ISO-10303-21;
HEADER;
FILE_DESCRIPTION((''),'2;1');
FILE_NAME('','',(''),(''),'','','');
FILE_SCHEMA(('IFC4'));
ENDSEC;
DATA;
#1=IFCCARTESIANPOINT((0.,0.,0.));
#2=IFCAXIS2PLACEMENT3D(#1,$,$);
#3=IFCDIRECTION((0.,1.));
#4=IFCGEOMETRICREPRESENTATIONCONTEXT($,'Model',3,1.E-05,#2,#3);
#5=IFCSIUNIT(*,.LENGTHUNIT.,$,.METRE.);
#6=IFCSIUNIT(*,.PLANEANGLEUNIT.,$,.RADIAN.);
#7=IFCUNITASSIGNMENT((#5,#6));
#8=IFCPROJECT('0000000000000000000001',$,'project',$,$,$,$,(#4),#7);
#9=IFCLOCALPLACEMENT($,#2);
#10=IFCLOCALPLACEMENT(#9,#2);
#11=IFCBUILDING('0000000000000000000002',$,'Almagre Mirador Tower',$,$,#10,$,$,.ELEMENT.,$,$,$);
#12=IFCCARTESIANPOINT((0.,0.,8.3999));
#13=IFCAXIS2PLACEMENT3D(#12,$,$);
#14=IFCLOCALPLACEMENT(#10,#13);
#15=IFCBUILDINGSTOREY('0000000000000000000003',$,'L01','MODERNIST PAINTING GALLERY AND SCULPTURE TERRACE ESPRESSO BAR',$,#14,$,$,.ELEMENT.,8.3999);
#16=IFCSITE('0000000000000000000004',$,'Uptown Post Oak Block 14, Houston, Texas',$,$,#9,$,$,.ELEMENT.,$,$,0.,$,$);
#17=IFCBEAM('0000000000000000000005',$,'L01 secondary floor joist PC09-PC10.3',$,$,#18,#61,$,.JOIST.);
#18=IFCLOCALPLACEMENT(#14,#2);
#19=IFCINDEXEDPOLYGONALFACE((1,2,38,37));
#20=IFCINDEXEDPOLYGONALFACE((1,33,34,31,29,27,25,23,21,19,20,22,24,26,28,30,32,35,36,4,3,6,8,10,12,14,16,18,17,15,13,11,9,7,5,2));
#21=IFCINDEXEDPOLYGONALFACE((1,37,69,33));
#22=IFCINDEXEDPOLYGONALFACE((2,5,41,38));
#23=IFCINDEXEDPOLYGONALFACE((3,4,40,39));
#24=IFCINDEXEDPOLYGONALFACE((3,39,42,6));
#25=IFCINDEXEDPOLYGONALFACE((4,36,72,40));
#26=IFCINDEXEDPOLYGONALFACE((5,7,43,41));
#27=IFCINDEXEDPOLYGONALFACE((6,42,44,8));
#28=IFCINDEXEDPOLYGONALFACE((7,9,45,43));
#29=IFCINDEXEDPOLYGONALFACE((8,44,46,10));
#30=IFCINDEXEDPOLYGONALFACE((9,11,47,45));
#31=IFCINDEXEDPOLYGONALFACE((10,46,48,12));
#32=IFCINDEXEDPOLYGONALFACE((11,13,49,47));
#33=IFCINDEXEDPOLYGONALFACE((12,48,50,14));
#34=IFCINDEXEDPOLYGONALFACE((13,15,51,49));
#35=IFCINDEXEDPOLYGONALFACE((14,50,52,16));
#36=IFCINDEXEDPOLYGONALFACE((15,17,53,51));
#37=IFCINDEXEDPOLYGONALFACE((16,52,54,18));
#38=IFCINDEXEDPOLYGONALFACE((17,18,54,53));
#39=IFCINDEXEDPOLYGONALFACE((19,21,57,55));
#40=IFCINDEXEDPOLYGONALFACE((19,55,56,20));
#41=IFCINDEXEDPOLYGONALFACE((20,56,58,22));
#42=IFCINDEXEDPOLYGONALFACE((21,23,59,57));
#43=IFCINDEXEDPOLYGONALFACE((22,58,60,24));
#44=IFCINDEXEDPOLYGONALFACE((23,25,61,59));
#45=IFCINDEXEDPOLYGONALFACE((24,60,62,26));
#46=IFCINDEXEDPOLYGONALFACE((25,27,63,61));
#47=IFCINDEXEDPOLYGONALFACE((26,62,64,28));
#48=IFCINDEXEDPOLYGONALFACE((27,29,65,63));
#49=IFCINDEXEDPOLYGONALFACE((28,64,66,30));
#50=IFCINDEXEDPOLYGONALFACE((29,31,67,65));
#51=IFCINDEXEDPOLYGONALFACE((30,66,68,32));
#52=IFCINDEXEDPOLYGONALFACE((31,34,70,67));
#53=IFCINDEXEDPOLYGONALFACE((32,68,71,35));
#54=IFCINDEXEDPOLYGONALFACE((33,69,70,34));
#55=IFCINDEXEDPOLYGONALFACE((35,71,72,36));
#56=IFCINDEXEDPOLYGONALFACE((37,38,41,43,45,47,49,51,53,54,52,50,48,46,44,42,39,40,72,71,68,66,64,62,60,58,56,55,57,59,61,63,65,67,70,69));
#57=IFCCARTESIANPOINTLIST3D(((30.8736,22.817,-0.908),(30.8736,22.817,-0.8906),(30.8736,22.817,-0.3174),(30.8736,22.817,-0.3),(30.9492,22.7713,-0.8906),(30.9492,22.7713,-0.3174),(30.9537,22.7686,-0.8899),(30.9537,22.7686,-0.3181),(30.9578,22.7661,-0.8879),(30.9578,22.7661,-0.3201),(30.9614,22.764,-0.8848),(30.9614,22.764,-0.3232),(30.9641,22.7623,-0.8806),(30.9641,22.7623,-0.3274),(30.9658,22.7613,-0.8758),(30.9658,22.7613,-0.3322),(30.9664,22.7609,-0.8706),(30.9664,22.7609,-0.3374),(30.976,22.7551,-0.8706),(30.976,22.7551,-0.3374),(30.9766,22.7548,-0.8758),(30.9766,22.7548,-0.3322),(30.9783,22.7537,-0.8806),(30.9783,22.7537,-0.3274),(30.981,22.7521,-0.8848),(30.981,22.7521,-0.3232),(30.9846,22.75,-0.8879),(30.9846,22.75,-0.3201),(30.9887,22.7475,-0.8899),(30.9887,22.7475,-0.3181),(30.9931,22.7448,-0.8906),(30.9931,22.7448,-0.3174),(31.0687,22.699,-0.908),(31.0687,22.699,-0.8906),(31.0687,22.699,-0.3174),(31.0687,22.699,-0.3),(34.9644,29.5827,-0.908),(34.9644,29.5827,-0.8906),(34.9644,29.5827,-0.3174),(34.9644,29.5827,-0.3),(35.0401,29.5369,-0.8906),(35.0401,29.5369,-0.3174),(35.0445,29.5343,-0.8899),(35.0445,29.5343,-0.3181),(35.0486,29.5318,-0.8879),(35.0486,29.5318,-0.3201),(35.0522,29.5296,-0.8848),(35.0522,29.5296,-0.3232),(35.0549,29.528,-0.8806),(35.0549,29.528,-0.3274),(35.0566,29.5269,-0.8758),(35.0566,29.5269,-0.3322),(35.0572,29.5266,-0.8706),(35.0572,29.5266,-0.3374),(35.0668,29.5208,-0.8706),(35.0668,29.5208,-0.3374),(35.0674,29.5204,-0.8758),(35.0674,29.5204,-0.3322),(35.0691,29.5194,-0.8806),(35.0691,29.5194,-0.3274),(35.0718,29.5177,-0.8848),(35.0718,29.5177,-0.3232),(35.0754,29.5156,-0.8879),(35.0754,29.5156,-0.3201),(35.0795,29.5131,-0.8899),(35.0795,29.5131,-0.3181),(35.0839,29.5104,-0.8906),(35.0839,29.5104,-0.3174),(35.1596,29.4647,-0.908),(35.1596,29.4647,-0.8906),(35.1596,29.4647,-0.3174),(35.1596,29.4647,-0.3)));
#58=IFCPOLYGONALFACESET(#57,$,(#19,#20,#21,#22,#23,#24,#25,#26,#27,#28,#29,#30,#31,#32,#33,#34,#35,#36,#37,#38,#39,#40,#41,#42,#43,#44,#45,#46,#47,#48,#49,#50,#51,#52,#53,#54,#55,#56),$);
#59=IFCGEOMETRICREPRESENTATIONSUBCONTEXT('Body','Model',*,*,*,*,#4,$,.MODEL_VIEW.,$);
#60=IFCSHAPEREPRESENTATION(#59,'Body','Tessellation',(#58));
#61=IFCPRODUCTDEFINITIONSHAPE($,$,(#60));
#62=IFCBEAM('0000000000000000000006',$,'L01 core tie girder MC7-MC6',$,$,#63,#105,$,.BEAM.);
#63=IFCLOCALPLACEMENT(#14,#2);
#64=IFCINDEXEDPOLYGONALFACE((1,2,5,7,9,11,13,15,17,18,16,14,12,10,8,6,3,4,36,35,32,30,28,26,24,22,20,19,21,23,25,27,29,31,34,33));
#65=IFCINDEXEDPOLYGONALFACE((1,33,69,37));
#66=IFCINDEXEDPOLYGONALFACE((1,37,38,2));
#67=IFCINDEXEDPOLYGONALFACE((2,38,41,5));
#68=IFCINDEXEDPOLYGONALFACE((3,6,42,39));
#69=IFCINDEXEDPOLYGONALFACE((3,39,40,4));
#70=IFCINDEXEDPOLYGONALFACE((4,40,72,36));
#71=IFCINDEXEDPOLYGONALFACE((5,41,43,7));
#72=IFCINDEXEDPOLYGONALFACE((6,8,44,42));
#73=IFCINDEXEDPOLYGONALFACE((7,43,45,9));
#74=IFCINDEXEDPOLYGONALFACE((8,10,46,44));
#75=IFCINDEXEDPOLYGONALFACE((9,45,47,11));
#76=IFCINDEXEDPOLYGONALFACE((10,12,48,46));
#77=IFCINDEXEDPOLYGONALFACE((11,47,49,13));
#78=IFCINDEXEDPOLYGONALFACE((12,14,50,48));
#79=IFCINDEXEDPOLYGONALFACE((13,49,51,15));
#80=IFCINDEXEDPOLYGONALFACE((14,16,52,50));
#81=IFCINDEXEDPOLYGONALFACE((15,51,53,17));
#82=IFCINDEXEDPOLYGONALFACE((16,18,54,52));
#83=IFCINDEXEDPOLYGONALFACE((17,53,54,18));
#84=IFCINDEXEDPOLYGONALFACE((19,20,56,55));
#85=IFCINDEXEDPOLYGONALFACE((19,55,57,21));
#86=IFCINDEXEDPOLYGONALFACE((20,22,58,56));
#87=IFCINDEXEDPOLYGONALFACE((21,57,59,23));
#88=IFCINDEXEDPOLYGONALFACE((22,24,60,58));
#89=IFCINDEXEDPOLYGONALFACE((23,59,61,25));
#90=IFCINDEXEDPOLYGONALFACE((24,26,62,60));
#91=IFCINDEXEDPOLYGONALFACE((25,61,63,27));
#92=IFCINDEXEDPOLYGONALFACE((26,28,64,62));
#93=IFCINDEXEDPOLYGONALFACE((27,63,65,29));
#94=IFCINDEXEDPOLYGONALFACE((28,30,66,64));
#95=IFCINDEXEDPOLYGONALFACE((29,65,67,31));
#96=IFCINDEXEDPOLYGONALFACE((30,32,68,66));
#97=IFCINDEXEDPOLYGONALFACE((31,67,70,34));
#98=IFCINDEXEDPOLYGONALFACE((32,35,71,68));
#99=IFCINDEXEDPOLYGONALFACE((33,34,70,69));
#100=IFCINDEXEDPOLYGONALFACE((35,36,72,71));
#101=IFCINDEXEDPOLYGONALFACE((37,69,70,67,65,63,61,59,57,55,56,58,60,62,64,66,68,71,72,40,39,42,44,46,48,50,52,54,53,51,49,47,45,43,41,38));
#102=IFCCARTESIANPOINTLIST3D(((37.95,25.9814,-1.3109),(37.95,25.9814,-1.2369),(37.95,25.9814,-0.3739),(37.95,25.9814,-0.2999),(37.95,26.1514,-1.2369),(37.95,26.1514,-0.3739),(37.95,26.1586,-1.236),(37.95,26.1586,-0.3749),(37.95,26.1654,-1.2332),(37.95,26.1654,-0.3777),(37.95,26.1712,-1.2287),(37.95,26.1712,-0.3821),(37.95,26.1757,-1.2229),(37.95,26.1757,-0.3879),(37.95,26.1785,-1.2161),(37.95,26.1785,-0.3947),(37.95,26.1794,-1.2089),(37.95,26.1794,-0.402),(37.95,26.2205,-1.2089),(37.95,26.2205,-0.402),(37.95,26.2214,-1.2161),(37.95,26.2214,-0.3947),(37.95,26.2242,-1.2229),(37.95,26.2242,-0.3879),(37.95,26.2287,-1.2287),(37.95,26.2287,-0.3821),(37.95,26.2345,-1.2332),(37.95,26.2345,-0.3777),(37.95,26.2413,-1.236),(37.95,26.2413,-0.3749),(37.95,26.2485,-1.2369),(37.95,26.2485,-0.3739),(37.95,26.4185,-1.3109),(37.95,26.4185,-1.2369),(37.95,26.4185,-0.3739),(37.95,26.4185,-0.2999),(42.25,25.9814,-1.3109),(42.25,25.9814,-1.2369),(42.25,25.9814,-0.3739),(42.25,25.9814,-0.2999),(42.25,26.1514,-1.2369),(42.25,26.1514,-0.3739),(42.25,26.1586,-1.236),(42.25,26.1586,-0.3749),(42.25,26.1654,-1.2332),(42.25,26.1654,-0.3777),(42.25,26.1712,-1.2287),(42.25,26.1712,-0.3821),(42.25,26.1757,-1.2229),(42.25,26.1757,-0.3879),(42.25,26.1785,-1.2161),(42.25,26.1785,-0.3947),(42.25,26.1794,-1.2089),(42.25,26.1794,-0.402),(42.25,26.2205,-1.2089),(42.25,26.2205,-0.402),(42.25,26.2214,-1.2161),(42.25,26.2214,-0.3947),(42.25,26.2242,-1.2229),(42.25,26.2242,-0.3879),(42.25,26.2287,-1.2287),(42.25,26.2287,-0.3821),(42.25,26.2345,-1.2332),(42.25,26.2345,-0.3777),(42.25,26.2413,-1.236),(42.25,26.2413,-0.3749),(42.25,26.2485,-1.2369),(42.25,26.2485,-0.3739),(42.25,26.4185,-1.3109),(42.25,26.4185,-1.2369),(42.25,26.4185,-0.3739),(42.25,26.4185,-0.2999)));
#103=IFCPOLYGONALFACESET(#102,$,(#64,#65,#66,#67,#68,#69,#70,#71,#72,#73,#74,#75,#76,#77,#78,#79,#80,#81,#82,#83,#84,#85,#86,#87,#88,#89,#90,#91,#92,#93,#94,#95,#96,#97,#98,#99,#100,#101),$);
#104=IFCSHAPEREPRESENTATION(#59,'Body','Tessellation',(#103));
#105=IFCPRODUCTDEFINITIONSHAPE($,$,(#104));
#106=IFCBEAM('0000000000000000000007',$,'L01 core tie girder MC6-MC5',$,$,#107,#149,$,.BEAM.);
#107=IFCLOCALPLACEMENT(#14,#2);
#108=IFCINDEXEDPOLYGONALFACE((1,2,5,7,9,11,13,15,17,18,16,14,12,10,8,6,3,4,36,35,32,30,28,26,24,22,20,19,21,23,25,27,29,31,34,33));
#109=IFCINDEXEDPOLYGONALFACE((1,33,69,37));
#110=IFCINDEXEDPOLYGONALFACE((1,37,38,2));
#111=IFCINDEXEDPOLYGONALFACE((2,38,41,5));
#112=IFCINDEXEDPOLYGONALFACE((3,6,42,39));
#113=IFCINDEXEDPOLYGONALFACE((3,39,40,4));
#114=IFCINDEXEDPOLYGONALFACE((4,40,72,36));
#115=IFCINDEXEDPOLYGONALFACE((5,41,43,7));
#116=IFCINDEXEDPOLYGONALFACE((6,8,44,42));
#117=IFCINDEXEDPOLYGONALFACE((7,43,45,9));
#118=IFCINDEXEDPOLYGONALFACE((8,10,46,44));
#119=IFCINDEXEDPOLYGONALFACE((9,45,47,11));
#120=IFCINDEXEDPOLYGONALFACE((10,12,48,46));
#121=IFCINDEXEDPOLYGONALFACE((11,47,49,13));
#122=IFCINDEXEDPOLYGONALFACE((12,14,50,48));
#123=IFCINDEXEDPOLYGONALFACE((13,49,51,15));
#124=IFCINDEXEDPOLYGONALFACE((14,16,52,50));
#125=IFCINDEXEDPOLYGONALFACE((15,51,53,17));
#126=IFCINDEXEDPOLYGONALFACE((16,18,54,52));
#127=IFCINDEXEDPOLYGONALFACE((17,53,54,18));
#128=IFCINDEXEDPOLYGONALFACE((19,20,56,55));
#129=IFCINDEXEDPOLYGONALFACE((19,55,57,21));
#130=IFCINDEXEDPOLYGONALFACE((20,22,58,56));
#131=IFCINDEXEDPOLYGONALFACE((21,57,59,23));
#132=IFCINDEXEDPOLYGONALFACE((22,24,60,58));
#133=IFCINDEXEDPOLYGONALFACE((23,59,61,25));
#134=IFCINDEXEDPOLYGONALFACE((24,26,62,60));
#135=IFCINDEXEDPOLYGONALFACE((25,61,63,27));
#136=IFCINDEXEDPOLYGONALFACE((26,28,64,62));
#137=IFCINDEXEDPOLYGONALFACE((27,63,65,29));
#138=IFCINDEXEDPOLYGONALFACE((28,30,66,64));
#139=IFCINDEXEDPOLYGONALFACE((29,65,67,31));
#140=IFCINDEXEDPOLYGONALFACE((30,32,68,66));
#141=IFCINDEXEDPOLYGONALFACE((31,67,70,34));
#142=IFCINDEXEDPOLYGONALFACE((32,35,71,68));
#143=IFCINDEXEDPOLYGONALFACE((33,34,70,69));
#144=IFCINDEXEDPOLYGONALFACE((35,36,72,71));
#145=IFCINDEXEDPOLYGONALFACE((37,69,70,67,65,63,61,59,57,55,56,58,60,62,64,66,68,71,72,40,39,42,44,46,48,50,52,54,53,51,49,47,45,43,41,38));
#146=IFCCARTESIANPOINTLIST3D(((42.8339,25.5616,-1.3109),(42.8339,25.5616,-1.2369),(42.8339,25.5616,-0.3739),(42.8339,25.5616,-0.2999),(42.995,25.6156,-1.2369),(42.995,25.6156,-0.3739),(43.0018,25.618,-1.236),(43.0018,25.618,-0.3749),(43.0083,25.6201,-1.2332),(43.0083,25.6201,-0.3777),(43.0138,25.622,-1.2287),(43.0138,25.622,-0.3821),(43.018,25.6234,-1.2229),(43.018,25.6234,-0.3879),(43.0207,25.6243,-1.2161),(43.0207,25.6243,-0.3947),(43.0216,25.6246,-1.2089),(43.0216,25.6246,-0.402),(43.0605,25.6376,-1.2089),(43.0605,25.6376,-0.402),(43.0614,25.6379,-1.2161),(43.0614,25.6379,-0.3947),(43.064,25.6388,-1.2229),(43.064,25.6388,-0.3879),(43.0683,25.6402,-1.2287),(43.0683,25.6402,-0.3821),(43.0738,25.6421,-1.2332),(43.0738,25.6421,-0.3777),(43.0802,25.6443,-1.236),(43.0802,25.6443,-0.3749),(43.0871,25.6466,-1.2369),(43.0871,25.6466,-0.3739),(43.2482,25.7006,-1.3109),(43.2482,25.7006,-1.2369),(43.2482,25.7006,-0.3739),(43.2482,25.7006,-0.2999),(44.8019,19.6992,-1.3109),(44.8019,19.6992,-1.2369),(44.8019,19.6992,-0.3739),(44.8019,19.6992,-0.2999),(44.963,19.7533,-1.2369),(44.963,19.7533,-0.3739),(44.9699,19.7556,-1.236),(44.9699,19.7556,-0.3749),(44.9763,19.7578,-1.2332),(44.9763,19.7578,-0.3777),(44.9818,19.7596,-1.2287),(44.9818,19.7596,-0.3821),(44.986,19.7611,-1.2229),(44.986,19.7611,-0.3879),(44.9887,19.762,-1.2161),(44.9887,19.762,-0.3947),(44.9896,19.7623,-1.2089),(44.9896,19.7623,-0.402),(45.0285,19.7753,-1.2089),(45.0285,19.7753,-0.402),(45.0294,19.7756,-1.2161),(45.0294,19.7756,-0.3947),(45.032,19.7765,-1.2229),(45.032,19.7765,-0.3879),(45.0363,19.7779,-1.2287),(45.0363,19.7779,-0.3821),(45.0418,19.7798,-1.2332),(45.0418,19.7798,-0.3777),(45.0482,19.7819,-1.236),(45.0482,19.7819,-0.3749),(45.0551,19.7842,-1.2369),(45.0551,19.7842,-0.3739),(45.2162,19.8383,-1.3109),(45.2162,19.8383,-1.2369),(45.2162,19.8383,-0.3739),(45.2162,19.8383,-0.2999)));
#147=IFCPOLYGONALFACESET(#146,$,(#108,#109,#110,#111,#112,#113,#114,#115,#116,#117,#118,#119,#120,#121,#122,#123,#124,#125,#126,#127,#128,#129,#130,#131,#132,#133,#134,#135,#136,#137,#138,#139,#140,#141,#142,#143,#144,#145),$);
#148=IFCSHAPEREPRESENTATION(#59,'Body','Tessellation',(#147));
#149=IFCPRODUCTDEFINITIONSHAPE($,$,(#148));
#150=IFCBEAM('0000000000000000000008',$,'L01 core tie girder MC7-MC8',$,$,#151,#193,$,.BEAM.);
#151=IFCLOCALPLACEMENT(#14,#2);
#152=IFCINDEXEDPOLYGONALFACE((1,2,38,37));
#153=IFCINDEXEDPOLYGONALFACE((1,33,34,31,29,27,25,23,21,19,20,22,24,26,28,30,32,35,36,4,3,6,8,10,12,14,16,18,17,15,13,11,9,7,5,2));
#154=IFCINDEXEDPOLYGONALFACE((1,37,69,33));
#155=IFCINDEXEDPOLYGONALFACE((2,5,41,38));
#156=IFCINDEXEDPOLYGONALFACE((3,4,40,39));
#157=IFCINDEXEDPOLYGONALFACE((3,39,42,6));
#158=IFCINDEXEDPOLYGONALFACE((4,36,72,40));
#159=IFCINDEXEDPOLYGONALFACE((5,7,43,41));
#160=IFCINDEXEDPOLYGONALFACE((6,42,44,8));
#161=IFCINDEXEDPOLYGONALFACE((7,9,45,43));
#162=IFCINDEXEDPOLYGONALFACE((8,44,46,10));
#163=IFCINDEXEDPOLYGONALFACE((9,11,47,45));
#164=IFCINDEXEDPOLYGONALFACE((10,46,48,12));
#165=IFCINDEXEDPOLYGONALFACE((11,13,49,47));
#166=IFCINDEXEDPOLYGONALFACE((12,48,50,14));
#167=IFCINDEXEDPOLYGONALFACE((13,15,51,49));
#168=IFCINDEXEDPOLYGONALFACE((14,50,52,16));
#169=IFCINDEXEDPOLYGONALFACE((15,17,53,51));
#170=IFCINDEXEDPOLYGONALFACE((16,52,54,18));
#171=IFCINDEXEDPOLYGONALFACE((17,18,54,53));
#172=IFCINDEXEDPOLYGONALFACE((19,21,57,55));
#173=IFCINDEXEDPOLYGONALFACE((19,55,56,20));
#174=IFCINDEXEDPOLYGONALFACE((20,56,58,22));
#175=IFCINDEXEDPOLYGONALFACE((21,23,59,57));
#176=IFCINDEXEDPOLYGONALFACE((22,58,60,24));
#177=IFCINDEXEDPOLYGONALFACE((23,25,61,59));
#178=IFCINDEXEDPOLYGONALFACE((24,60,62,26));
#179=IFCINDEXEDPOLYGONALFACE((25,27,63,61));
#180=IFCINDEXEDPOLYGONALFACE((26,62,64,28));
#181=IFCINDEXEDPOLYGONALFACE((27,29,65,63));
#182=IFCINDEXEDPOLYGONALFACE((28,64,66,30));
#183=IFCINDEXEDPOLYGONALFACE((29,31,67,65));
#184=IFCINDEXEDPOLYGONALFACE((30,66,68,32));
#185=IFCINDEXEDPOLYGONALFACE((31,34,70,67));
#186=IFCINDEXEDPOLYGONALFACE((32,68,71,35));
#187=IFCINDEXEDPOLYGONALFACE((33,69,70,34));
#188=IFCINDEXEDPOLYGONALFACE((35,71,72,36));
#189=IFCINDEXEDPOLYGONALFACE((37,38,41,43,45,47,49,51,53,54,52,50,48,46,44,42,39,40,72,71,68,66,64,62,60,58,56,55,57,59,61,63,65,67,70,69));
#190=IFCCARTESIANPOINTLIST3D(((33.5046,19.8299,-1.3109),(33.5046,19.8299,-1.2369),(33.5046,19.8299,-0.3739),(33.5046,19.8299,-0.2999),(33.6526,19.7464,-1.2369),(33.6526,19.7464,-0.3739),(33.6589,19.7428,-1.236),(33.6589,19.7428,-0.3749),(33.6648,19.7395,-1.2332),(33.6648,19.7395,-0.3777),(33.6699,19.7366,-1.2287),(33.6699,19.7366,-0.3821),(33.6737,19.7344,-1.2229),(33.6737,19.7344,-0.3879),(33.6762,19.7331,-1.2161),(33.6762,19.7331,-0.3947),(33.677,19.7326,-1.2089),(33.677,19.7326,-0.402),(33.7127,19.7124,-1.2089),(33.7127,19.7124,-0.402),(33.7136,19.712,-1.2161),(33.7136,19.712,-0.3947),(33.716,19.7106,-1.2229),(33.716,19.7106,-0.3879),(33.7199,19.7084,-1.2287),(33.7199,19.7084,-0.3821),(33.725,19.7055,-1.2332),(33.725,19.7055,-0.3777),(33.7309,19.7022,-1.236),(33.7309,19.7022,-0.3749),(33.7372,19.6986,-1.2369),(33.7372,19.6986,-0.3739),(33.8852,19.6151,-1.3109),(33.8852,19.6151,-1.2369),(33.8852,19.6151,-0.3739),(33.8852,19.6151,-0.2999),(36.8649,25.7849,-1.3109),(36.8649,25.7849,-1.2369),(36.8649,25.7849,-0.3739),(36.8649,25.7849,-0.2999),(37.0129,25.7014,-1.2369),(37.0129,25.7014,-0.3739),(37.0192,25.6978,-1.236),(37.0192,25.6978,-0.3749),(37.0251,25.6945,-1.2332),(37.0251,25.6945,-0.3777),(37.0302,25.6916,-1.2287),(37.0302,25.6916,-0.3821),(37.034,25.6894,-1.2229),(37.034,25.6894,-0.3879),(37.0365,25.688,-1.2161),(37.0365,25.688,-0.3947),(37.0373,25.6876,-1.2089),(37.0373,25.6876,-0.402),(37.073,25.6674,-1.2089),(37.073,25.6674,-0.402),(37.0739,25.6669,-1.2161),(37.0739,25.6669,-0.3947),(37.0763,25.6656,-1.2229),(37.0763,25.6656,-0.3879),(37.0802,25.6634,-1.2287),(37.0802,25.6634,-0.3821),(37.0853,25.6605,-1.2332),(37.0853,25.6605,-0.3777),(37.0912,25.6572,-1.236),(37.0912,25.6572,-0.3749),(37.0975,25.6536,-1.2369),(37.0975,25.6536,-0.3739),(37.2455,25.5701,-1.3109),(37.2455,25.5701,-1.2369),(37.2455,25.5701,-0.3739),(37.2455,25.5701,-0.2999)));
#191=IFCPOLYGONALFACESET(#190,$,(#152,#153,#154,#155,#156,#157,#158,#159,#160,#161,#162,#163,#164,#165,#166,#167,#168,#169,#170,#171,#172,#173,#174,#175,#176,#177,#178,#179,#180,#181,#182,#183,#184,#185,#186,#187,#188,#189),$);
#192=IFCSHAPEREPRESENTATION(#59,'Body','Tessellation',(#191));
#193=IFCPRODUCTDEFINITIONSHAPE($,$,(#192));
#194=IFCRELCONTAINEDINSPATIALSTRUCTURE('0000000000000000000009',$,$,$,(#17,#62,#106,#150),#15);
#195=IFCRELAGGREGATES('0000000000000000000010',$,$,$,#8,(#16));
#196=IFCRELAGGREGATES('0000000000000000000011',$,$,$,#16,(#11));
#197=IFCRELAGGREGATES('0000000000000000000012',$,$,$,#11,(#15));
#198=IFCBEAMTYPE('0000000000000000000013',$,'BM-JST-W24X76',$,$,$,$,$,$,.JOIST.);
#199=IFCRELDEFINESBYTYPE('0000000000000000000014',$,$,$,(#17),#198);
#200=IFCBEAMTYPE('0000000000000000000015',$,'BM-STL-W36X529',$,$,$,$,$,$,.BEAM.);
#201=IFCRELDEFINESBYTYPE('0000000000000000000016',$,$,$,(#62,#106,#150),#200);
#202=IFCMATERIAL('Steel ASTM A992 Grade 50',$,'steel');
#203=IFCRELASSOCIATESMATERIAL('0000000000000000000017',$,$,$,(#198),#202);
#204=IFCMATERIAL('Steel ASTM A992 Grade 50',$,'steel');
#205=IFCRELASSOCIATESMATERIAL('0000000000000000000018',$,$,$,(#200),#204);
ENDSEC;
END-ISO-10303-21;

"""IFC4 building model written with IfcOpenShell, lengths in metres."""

from ifc_helpers import new_model, si_unit, direction, frame, origin, origin_2d, place, context, subcontext, project, spatial, i_section, extrude, material, material_profile, profile_set, type_object, element, save


model = new_model("IFC4")

# Units and contexts
model_context = context("Model", 3, precision=1e-05, world=origin(), true_north=direction((0.0, 1.0)))
body_context = subcontext(model_context, "Body", "Model", "MODEL_VIEW")
ifc_project = project(units=[si_unit("LENGTHUNIT", "METRE"), si_unit("PLANEANGLEUNIT", "RADIAN")], contexts=[model_context])

# Site, building, storey
site_placement = place(None, origin())
site = spatial("IfcSite", under=ifc_project, at=site_placement, Name="Uptown Post Oak Block 14, Houston, Texas", CompositionType="ELEMENT", RefElevation=0.0)
building_placement = place(site_placement, origin())
building = spatial("IfcBuilding", under=site, at=building_placement, Name="Almagre Mirador Tower", CompositionType="ELEMENT")
storey_placement = place(building_placement, frame((0.0, 0.0, 8.3999)))
storey = spatial("IfcBuildingStorey", under=building, at=storey_placement, Name="L01", Description="MODERNIST PAINTING GALLERY AND SCULPTURE TERRACE ESPRESSO BAR", CompositionType="ELEMENT", Elevation=8.3999)

# Beams
ifc_material_1 = material(Name="Steel ASTM A992 Grade 50", Category="steel")
ifc_material_profile_1 = material_profile(ifc_material_1, i_section(OverallWidth=0.228, OverallDepth=0.6079, WebThickness=0.0112, FlangeThickness=0.0173, FilletRadius=0.02, at=origin_2d()), Name="W24X76")
ifc_profile_set_1 = profile_set([ifc_material_profile_1], Name="Steel ASTM A992 Grade 50")
beam_type_1 = type_object("IfcBeamType", Name="BM-JST-W24X76", PredefinedType="JOIST", material=ifc_profile_set_1)
beam_1_placement = place(storey_placement, frame((35.062, 29.5237, -0.604), z_axis=(-0.517417, -0.855733, 0.0), x_axis=(0.855733, -0.517417, 0.0)))
element("IfcBeam", 1, at=beam_1_placement, inside=storey, type_object=beam_type_1, Name="L01 secondary floor joist PC09-PC10.3", PredefinedType="JOIST", context=body_context, shape_type="SweptSolid", body=[
    extrude(i_section(OverallWidth=0.228, OverallDepth=0.6079, WebThickness=0.0112, FlangeThickness=0.0173, FilletRadius=0.02, at=origin_2d()), origin(), (0.0, 0.0, 1.0), 7.9062),
])
ifc_material_2 = material(Name="Steel ASTM A992 Grade 50", Category="steel")
ifc_material_profile_2 = material_profile(ifc_material_2, i_section(OverallWidth=0.437, OverallDepth=1.011, WebThickness=0.041, FlangeThickness=0.074, FilletRadius=0.0281, at=origin_2d()), Name="W36X529")
ifc_profile_set_2 = profile_set([ifc_material_profile_2], Name="Steel ASTM A992 Grade 50")
beam_type_2 = type_object("IfcBeamType", Name="BM-STL-W36X529", PredefinedType="BEAM", material=ifc_profile_set_2)
beam_2_placement = place(storey_placement, frame((37.95, 26.2, -0.8054), z_axis=(1.0, 0.0, 0.0), x_axis=(0.0, 1.0, 0.0)))
element("IfcBeam", 2, at=beam_2_placement, inside=storey, type_object=beam_type_2, Name="L01 core tie girder MC7-MC6", PredefinedType="BEAM", context=body_context, shape_type="SweptSolid", body=[
    extrude(i_section(OverallWidth=0.437, OverallDepth=1.011, WebThickness=0.041, FlangeThickness=0.074, FilletRadius=0.0281, at=origin_2d()), origin(), (0.0, 0.0, 1.0), 4.3),
])
beam_3_placement = place(storey_placement, frame((43.041, 25.6311, -0.8054), z_axis=(0.318252, -0.948006, 0.0), x_axis=(0.948006, 0.318252, 0.0)))
element("IfcBeam", 3, at=beam_3_placement, inside=storey, type_object=beam_type_2, Name="L01 core tie girder MC6-MC5", PredefinedType="BEAM", context=body_context, shape_type="SweptSolid", body=[
    extrude(i_section(OverallWidth=0.437, OverallDepth=1.011, WebThickness=0.041, FlangeThickness=0.074, FilletRadius=0.0281, at=origin_2d()), origin(), (0.0, 0.0, 1.0), 6.1838),
])
beam_4_placement = place(storey_placement, frame((37.0552, 25.6775, -0.8054), z_axis=(-0.491441, -0.870911, 0.0), x_axis=(0.870911, -0.491441, 0.0)))
element("IfcBeam", 4, at=beam_4_placement, inside=storey, type_object=beam_type_2, Name="L01 core tie girder MC7-MC8", PredefinedType="BEAM", context=body_context, shape_type="SweptSolid", body=[
    extrude(i_section(OverallWidth=0.437, OverallDepth=1.011, WebThickness=0.041, FlangeThickness=0.074, FilletRadius=0.0281, at=origin_2d()), origin(), (0.0, 0.0, 1.0), 6.8376),
])

save(model, "model.ifc")
